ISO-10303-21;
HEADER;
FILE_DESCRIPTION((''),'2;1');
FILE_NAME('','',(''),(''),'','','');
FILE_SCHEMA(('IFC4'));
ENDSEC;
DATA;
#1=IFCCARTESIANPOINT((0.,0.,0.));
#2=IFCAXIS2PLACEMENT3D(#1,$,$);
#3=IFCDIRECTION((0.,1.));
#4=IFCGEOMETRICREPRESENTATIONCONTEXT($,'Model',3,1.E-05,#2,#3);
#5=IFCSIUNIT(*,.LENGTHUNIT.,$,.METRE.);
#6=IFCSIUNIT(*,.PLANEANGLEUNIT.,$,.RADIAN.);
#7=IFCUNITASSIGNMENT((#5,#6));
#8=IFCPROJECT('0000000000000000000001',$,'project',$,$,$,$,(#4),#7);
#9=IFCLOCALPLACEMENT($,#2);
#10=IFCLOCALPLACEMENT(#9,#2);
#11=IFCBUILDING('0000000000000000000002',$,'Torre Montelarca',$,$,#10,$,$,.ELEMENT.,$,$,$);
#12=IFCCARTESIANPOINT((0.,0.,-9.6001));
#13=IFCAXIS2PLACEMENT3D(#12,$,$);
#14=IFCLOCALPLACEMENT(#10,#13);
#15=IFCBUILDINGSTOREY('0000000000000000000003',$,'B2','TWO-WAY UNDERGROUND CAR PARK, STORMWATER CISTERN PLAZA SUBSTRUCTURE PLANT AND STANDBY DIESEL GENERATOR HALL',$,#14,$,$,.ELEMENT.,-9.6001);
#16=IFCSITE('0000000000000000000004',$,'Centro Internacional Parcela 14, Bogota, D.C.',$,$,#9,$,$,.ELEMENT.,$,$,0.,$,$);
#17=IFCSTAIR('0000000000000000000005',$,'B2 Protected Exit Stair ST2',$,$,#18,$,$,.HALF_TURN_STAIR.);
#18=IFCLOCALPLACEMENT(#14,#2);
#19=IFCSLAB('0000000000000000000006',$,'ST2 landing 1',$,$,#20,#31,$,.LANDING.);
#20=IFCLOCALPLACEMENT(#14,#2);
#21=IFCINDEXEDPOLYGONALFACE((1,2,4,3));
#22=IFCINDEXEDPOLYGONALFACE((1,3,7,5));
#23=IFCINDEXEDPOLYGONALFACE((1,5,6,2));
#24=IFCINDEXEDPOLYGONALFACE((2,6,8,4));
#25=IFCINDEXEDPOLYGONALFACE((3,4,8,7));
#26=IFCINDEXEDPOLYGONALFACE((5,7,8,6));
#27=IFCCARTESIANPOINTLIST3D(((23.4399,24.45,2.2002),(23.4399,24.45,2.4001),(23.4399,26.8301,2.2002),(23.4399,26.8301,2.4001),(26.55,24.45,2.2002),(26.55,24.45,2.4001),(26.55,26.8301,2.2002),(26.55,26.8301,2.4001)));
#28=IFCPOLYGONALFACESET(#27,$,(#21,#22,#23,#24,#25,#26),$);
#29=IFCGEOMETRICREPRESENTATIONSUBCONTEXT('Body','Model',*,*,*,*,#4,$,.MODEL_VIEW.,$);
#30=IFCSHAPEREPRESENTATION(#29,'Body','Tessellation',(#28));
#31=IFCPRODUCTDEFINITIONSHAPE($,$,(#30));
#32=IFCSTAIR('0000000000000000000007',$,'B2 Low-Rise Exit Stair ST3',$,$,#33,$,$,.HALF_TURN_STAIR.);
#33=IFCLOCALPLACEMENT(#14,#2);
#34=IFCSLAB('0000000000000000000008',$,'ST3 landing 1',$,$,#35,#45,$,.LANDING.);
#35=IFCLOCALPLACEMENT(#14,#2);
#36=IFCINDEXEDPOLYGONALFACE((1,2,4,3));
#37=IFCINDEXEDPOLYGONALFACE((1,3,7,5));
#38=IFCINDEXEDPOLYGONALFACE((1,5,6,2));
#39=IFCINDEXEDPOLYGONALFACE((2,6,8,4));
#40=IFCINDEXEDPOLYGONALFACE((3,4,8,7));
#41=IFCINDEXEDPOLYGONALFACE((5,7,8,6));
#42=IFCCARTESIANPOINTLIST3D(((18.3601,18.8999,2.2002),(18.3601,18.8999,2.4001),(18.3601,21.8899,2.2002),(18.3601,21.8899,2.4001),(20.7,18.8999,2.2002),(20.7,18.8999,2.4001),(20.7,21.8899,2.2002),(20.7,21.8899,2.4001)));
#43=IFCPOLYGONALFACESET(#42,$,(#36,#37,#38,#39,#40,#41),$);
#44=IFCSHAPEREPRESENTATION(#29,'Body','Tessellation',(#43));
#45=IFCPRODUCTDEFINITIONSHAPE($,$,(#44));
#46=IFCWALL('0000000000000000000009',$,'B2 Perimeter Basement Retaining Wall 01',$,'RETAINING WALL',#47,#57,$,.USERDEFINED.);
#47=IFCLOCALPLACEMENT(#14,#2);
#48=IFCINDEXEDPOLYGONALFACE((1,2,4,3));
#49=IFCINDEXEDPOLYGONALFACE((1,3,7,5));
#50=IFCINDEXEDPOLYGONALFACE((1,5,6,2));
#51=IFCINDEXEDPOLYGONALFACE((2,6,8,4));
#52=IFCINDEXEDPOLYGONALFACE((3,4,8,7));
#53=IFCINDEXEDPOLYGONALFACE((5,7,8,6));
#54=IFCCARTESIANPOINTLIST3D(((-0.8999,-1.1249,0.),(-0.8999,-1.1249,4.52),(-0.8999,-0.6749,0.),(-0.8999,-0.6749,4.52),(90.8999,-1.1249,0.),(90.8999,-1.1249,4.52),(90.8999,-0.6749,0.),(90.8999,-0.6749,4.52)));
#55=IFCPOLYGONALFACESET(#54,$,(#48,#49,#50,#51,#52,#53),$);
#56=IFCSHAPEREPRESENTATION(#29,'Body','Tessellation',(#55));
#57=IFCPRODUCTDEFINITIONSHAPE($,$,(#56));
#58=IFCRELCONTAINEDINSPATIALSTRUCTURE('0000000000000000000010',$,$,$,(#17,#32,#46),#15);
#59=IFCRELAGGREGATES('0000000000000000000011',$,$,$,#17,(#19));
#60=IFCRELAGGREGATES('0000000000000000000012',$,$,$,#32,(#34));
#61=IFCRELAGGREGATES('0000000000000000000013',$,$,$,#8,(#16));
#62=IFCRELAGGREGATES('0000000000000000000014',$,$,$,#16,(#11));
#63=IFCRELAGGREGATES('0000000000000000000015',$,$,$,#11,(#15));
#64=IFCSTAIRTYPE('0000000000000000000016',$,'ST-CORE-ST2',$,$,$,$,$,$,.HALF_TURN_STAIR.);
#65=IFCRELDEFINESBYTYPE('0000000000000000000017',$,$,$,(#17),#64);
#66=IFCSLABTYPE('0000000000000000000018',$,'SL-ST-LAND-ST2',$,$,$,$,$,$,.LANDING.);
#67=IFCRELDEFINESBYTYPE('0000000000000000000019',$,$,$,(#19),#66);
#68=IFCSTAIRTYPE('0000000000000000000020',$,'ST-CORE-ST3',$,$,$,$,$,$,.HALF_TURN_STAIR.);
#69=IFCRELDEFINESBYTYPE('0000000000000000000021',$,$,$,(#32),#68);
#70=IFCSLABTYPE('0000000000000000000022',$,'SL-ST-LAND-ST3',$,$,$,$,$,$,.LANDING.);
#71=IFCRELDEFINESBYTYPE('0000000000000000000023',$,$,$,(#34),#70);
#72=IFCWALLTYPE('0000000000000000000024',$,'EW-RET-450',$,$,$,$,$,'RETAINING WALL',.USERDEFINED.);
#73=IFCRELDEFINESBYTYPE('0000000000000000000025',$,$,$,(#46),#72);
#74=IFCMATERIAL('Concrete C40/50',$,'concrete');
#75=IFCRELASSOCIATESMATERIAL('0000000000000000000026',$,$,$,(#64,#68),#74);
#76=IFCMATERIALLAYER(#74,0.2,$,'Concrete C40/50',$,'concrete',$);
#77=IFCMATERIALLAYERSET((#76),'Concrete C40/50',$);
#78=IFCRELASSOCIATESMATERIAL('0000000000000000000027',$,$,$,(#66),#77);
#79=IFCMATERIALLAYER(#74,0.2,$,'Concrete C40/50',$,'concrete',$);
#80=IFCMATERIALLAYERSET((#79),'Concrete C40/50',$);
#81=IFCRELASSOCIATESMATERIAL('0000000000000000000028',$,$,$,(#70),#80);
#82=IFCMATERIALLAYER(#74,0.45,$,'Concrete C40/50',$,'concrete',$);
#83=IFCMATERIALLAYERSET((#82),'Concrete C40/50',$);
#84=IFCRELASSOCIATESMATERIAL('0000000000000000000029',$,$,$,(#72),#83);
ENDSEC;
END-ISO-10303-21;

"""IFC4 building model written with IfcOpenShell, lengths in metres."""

from ifc_helpers import new_model, si_unit, direction, frame, frame_2d, origin, place, context, subcontext, project, spatial, polyline, rectangle, outline, extrude, material, layer, layer_set, type_object, element, aggregate, save


model = new_model("IFC4")

# Units and contexts
model_context = context("Model", 3, precision=1e-05, world=origin(), true_north=direction((0.0, 1.0)))
body_context = subcontext(model_context, "Body", "Model", "MODEL_VIEW")
ifc_project = project(units=[si_unit("LENGTHUNIT", "METRE"), si_unit("PLANEANGLEUNIT", "RADIAN")], contexts=[model_context])

# Site, building, storey
site_placement = place(None, origin())
site = spatial("IfcSite", under=ifc_project, at=site_placement, Name="Centro Internacional Parcela 14, Bogota, D.C.", CompositionType="ELEMENT", RefElevation=0.0)
building_placement = place(site_placement, origin())
building = spatial("IfcBuilding", under=site, at=building_placement, Name="Torre Montelarca", CompositionType="ELEMENT")
storey_placement = place(building_placement, frame((0.0, 0.0, -9.6001)))
storey = spatial("IfcBuildingStorey", under=building, at=storey_placement, Name="B2", Description="TWO-WAY UNDERGROUND CAR PARK, STORMWATER CISTERN PLAZA SUBSTRUCTURE PLANT AND STANDBY DIESEL GENERATOR HALL", CompositionType="ELEMENT", Elevation=-9.6001)

# Shared definitions
ifc_material_1 = material(Name="Concrete C40/50", Category="concrete")

# Stairs, slabs
stair_type_1 = type_object("IfcStairType", Name="ST-CORE-ST2", PredefinedType="HALF_TURN_STAIR", material=ifc_material_1)
stair_1_placement = place(storey_placement, origin())
stair_1 = element("IfcStair", 1, at=stair_1_placement, inside=storey, type_object=stair_type_1, Name="B2 Protected Exit Stair ST2", PredefinedType="HALF_TURN_STAIR")
ifc_layer_1 = layer(ifc_material_1, 0.2, Name="Concrete C40/50", Category="concrete")
ifc_layer_set_1 = layer_set([ifc_layer_1], Name="Concrete C40/50")
slab_type_1 = type_object("IfcSlabType", Name="SL-ST-LAND-ST2", PredefinedType="LANDING", material=ifc_layer_set_1)
slab_1_placement = place(storey_placement, frame((0.0, 0.0, 2.2002)))
slab_1 = element("IfcSlab", 2, at=slab_1_placement, type_object=slab_type_1, Name="ST2 landing 1", PredefinedType="LANDING", context=body_context, shape_type="SweptSolid", body=[
    extrude(outline(polyline([(23.4399, 26.8301), (23.4399, 24.45), (26.55, 24.45), (26.55, 26.8301), (23.4399, 26.8301)])), origin(), (0.0, 0.0, 1.0), 0.2),
])
aggregate(stair_1, [slab_1])
stair_type_2 = type_object("IfcStairType", Name="ST-CORE-ST3", PredefinedType="HALF_TURN_STAIR", material=ifc_material_1)
stair_2_placement = place(storey_placement, origin())
stair_2 = element("IfcStair", 3, at=stair_2_placement, inside=storey, type_object=stair_type_2, Name="B2 Low-Rise Exit Stair ST3", PredefinedType="HALF_TURN_STAIR")
ifc_layer_2 = layer(ifc_material_1, 0.2, Name="Concrete C40/50", Category="concrete")
ifc_layer_set_2 = layer_set([ifc_layer_2], Name="Concrete C40/50")
slab_type_2 = type_object("IfcSlabType", Name="SL-ST-LAND-ST3", PredefinedType="LANDING", material=ifc_layer_set_2)
slab_2_placement = place(storey_placement, frame((0.0, 0.0, 2.2002)))
slab_2 = element("IfcSlab", 4, at=slab_2_placement, type_object=slab_type_2, Name="ST3 landing 1", PredefinedType="LANDING", context=body_context, shape_type="SweptSolid", body=[
    extrude(outline(polyline([(18.3601, 18.8999), (20.7, 18.8999), (20.7, 21.8899), (18.3601, 21.8899), (18.3601, 18.8999)])), origin(), (0.0, 0.0, 1.0), 0.2),
])
aggregate(stair_2, [slab_2])

# Wall
ifc_layer_3 = layer(ifc_material_1, 0.45, Name="Concrete C40/50", Category="concrete")
ifc_layer_set_3 = layer_set([ifc_layer_3], Name="Concrete C40/50")
wall_type = type_object("IfcWallType", Name="EW-RET-450", ElementType="RETAINING WALL", PredefinedType="USERDEFINED", material=ifc_layer_set_3)
wall_placement = place(storey_placement, frame((-0.8999, -0.8999, 0.0), z_axis=(0.0, 0.0, 1.0), x_axis=(1.0, 0.0, 0.0)))
element("IfcWall", 5, at=wall_placement, inside=storey, type_object=wall_type, Name="B2 Perimeter Basement Retaining Wall 01", ObjectType="RETAINING WALL", PredefinedType="USERDEFINED", context=body_context, shape_type="SweptSolid", body=[
    extrude(rectangle(XDim=91.7998, YDim=0.45, at=frame_2d((45.8999, 0.0))), origin(), (0.0, 0.0, 1.0), 4.52),
])

save(model, "model.ifc")
